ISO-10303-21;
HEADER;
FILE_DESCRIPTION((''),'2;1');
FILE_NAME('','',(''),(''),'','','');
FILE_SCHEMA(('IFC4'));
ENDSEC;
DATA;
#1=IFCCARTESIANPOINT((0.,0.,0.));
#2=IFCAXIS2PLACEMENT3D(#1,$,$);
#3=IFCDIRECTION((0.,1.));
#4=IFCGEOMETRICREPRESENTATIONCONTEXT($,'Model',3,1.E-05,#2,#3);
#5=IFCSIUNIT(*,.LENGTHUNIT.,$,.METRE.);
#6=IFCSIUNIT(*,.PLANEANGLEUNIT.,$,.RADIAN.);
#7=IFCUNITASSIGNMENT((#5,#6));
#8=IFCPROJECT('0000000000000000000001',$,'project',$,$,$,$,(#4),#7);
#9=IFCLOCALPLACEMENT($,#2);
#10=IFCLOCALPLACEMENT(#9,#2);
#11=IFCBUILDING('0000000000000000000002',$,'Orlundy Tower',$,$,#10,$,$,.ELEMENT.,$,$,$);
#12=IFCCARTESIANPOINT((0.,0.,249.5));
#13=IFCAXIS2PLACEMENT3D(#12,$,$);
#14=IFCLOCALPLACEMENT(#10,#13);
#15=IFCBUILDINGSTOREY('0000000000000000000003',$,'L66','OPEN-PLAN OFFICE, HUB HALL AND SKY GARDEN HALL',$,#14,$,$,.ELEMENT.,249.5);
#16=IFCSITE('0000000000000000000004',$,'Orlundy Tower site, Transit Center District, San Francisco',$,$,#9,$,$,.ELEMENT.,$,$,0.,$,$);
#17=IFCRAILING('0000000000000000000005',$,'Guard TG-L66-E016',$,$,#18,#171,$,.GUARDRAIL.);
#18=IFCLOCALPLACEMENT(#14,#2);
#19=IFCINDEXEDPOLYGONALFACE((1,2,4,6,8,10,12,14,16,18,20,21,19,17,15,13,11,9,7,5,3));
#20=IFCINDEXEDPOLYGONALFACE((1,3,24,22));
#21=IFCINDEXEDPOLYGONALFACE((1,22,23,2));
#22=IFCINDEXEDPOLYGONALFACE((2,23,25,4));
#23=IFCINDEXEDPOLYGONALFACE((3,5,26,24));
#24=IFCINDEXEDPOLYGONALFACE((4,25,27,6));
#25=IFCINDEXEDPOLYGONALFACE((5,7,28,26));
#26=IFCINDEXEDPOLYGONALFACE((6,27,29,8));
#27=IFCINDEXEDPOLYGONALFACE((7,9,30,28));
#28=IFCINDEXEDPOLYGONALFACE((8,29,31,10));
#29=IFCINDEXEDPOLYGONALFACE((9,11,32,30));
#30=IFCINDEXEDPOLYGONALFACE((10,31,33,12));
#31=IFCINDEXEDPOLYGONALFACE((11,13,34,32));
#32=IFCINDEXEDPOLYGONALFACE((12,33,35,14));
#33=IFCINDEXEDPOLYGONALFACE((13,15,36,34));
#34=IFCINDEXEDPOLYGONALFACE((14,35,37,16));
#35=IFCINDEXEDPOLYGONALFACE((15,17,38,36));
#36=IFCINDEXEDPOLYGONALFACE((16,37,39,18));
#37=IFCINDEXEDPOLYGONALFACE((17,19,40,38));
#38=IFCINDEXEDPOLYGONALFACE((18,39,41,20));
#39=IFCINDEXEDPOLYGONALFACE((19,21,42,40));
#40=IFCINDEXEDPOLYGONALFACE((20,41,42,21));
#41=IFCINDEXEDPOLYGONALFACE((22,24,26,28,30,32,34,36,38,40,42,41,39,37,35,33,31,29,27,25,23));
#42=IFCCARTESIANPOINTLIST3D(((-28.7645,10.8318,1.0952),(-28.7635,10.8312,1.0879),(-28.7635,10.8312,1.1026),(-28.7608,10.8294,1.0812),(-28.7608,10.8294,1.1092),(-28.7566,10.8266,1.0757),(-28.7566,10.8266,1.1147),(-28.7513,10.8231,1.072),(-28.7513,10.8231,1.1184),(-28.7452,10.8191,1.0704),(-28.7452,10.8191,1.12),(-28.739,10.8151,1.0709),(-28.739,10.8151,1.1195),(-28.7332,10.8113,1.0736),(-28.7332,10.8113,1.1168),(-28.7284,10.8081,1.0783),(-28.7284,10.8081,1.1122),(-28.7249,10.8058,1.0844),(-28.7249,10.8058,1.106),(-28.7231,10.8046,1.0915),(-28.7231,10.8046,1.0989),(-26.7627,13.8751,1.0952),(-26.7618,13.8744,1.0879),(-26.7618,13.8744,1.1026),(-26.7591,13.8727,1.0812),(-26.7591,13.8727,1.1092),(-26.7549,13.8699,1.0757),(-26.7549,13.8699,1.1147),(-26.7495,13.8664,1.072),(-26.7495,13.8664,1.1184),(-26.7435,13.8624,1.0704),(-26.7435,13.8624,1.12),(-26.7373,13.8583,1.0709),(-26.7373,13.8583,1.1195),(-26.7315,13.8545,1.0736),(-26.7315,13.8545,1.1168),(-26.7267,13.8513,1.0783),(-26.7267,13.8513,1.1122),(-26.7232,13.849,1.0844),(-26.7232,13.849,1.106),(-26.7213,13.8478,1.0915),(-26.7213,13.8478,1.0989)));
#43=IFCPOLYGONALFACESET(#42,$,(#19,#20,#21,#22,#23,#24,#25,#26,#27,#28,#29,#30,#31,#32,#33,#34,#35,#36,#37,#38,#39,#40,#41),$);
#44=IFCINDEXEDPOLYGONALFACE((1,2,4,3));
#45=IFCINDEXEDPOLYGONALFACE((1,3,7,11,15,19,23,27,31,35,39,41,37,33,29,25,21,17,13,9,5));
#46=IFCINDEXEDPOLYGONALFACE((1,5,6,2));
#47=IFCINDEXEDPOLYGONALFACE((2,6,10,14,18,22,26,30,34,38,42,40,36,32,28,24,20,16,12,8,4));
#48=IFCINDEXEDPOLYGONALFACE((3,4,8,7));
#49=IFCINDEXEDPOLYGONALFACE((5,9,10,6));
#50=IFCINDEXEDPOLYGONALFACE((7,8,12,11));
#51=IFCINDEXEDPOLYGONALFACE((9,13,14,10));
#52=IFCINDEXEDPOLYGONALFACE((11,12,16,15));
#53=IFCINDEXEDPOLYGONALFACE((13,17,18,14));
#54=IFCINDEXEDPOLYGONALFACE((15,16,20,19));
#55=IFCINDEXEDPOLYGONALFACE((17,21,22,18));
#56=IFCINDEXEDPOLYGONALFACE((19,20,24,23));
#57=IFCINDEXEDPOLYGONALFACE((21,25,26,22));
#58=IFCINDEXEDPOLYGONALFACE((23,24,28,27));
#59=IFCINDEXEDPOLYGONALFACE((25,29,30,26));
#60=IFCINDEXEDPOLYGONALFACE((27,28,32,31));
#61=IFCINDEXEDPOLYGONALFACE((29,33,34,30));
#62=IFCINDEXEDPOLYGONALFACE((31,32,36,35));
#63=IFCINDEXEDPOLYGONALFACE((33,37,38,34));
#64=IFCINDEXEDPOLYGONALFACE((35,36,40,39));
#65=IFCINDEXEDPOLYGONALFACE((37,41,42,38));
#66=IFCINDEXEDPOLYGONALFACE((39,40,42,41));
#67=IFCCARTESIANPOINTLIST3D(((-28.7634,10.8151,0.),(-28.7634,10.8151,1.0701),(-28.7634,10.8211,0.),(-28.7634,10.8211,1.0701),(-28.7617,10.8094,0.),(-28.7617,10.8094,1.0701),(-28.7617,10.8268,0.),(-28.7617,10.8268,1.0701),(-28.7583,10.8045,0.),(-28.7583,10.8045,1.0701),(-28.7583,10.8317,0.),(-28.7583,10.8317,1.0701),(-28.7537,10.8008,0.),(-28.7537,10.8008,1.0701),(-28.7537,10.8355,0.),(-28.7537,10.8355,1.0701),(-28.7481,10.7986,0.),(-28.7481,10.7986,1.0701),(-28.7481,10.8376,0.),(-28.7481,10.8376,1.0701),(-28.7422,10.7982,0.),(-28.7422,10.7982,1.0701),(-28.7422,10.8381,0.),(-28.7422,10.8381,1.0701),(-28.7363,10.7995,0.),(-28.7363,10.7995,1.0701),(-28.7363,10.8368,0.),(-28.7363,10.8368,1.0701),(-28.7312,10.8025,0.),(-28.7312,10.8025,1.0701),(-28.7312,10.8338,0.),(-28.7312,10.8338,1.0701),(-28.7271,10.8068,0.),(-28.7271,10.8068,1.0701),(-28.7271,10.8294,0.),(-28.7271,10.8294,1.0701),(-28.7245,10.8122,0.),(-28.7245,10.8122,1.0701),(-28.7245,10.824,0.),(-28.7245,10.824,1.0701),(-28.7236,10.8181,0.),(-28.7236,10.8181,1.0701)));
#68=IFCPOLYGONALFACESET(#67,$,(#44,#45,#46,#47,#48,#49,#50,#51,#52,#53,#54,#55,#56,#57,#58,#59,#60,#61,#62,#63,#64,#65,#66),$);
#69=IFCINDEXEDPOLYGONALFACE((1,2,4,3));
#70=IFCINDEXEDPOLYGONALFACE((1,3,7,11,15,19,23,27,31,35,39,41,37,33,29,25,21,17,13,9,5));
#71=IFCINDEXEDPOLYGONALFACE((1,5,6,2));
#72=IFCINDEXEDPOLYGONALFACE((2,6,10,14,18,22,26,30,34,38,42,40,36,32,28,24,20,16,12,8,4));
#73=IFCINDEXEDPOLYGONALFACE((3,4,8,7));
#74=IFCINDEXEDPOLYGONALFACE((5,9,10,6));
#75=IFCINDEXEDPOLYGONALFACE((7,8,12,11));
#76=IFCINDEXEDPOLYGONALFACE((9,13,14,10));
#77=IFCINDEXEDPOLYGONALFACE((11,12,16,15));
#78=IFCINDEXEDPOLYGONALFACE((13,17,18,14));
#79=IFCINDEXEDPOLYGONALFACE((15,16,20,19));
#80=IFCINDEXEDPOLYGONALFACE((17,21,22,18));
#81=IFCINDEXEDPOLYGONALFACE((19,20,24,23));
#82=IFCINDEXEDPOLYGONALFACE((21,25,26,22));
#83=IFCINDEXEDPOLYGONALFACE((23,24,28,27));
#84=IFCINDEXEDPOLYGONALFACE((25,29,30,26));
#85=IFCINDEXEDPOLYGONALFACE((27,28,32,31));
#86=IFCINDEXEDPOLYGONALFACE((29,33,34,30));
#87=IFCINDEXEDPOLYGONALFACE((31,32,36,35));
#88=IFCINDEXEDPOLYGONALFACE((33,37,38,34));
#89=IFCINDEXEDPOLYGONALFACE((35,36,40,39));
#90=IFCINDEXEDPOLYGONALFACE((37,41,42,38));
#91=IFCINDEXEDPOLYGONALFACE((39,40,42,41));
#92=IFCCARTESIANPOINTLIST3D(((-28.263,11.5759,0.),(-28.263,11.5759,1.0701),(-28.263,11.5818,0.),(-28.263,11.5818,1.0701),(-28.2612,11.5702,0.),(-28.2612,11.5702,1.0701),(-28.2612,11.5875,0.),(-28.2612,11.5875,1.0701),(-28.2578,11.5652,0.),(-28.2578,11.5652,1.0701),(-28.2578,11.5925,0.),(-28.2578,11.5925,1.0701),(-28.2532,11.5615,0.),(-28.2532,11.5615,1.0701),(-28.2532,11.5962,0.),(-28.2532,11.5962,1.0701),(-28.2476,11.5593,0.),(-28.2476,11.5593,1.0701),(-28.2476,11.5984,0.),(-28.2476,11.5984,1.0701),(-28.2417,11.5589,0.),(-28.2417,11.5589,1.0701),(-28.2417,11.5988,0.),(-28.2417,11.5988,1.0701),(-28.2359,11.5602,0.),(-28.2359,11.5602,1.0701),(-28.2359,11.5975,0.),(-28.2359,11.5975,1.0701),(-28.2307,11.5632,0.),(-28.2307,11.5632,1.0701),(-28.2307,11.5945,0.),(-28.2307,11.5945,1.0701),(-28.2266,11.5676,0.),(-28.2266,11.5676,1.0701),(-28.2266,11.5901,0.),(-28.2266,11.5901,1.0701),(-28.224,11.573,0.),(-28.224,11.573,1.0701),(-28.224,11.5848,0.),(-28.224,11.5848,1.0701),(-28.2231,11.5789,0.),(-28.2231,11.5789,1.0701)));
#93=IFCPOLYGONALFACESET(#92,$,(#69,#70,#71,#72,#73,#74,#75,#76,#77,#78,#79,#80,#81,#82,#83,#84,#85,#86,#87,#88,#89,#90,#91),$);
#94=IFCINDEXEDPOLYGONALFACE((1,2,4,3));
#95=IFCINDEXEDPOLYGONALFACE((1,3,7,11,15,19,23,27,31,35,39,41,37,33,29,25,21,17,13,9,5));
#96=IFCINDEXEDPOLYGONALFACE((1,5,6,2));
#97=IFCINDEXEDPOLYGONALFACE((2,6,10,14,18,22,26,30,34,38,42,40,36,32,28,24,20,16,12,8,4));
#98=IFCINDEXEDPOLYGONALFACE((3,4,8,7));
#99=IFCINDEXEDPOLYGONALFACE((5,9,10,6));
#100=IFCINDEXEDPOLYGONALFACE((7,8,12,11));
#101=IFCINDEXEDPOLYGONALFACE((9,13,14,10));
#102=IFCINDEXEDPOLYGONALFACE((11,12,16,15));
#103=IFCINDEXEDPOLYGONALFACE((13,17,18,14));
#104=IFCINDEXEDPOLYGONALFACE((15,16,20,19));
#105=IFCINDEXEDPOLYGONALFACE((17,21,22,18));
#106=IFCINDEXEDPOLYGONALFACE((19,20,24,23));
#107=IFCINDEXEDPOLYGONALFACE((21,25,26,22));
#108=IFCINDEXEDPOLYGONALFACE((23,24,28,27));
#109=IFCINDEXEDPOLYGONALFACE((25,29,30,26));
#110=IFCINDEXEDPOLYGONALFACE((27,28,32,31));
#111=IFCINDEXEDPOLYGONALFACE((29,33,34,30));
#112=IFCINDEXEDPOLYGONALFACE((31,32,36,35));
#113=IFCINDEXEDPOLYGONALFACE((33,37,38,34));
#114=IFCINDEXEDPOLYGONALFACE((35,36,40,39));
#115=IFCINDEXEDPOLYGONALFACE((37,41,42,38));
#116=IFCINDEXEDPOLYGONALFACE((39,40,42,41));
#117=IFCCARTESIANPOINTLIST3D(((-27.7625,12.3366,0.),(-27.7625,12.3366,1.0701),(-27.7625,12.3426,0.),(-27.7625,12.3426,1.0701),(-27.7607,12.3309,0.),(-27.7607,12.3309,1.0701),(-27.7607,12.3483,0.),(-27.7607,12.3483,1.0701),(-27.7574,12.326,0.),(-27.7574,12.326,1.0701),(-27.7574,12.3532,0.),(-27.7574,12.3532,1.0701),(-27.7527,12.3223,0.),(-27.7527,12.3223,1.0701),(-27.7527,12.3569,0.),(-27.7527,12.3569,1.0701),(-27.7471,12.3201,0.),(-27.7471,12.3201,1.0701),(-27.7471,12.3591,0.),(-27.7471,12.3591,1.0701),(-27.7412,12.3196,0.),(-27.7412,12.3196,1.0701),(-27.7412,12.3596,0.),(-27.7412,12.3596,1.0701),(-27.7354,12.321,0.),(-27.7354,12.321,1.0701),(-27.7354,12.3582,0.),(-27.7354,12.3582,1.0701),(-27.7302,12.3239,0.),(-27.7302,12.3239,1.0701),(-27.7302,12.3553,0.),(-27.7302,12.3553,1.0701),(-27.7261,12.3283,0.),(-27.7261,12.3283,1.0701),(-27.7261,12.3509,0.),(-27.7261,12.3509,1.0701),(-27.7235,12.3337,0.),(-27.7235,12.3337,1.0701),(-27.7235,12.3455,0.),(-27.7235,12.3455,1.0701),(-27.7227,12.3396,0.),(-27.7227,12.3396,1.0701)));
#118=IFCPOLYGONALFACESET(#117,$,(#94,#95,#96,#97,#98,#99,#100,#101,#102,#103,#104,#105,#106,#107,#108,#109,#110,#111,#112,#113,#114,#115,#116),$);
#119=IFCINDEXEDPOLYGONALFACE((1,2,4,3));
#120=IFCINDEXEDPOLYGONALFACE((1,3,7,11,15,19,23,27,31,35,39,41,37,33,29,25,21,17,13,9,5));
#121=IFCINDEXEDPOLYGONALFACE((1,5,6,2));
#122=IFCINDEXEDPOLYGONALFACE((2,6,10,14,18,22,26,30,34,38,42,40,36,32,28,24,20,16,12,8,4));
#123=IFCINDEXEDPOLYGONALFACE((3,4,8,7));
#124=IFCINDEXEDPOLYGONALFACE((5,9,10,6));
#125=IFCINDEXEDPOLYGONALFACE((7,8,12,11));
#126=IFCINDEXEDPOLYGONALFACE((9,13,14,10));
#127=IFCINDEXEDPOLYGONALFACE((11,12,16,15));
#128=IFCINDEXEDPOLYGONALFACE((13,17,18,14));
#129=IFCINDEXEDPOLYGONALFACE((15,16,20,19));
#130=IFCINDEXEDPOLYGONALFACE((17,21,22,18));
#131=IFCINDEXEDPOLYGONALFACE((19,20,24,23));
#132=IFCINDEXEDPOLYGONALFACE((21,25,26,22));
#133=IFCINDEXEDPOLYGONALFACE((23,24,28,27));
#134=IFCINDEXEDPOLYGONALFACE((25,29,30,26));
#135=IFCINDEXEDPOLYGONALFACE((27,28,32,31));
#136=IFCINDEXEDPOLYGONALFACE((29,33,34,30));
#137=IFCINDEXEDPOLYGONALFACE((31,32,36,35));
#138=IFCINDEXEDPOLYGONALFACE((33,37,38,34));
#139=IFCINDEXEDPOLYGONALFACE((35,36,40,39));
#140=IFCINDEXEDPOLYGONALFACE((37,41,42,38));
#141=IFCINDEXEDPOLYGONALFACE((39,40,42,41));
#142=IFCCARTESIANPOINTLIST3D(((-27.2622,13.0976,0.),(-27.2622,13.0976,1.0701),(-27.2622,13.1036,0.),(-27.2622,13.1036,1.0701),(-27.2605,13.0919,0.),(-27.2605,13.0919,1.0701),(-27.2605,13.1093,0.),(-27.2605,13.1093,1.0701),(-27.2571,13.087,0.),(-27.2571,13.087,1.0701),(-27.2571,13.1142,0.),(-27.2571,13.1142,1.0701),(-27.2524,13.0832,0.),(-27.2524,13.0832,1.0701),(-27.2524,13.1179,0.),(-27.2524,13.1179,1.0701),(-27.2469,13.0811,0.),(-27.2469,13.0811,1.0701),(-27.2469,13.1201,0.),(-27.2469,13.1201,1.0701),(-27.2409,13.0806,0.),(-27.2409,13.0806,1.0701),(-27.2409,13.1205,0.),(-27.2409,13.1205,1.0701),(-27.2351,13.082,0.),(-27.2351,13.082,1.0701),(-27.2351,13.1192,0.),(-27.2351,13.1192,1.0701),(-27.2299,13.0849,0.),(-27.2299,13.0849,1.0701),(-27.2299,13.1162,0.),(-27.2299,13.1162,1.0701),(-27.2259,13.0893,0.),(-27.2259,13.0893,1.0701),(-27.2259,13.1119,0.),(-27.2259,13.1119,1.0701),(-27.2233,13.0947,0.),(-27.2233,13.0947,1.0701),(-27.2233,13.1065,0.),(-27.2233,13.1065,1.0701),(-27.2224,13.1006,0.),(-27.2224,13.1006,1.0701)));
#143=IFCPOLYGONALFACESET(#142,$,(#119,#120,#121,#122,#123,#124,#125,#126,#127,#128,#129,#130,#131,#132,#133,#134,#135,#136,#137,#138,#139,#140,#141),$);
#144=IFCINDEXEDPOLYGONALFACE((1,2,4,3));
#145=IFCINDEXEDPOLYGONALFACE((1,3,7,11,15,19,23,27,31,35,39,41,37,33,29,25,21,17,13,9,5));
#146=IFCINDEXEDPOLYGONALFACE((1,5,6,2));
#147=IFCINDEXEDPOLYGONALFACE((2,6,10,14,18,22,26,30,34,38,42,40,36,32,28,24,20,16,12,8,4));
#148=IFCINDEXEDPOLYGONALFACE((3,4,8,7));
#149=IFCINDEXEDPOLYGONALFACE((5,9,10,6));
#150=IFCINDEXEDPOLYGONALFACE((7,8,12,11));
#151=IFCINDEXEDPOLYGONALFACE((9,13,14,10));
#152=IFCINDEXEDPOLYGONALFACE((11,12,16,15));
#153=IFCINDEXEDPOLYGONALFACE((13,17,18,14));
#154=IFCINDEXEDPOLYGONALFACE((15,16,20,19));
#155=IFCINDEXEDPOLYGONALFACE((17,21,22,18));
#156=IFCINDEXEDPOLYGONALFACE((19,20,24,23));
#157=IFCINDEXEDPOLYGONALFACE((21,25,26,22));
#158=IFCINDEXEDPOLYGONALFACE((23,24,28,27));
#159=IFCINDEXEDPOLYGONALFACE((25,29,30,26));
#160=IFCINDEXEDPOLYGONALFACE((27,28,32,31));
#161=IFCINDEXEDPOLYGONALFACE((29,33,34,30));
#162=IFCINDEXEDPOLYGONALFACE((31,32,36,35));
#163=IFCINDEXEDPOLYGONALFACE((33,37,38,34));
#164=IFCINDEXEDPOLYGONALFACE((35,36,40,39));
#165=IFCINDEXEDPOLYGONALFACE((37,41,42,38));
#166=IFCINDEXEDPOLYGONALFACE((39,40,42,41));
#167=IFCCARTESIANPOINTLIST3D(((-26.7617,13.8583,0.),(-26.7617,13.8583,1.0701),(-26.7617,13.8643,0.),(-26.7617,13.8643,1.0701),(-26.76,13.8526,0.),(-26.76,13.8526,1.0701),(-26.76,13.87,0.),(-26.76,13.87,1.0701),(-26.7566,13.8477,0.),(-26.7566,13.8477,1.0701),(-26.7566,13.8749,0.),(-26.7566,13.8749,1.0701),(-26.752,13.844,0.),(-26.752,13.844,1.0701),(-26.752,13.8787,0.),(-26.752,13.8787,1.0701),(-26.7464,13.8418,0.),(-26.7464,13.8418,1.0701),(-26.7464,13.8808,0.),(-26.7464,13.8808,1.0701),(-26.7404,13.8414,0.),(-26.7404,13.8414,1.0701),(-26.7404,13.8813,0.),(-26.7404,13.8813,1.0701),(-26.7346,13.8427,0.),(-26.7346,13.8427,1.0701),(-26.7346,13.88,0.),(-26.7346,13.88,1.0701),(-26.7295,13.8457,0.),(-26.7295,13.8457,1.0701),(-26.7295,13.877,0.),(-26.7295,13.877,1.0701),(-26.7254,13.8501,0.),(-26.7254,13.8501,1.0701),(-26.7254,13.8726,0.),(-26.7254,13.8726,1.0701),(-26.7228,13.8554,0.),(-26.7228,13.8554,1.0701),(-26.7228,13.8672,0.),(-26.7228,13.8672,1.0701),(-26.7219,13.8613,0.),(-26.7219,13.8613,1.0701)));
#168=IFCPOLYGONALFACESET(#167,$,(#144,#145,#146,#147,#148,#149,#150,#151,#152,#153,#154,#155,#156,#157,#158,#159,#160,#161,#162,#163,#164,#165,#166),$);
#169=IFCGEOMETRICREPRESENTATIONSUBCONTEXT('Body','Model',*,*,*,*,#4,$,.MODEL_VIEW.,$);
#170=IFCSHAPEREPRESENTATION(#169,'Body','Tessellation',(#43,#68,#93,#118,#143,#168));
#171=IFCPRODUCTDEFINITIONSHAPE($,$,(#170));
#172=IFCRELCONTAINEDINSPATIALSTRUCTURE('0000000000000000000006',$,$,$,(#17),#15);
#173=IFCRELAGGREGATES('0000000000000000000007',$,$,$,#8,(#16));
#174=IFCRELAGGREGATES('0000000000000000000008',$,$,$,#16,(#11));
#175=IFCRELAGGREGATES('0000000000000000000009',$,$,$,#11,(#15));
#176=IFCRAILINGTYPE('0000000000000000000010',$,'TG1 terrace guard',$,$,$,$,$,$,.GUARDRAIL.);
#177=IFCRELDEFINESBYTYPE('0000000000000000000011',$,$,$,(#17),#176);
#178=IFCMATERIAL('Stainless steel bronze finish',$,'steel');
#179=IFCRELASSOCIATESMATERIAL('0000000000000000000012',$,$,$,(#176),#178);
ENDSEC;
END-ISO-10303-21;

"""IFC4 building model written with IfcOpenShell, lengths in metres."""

from ifc_helpers import new_model, si_unit, direction, frame, origin, origin_2d, place, context, subcontext, project, spatial, circle, extrude, material, type_object, element, save


model = new_model("IFC4")

# Units and contexts
model_context = context("Model", 3, precision=1e-05, world=origin(), true_north=direction((0.0, 1.0)))
body_context = subcontext(model_context, "Body", "Model", "MODEL_VIEW")
ifc_project = project(units=[si_unit("LENGTHUNIT", "METRE"), si_unit("PLANEANGLEUNIT", "RADIAN")], contexts=[model_context])

# Site, building, storey
site_placement = place(None, origin())
site = spatial("IfcSite", under=ifc_project, at=site_placement, Name="Orlundy Tower site, Transit Center District, San Francisco", CompositionType="ELEMENT", RefElevation=0.0)
building_placement = place(site_placement, origin())
building = spatial("IfcBuilding", under=site, at=building_placement, Name="Orlundy Tower", CompositionType="ELEMENT")
storey_placement = place(building_placement, frame((0.0, 0.0, 249.5)))
storey = spatial("IfcBuildingStorey", under=building, at=storey_placement, Name="L66", Description="OPEN-PLAN OFFICE, HUB HALL AND SKY GARDEN HALL", CompositionType="ELEMENT", Elevation=249.5)

# Railing
ifc_material_1 = material(Name="Stainless steel bronze finish", Category="steel")
railing_type_1 = type_object("IfcRailingType", Name="TG1 terrace guard", PredefinedType="GUARDRAIL", material=ifc_material_1)
railing_1_placement = place(storey_placement, frame((-28.7437, 10.8181, 0.0)))
element("IfcRailing", 1, at=railing_1_placement, inside=storey, type_object=railing_type_1, Name="Guard TG-L66-E016", PredefinedType="GUARDRAIL", context=body_context, shape_type="SweptSolid", body=[
    extrude(circle(Radius=0.0249, at=origin_2d()), frame((0.0, 0.0, 1.0952), z_axis=(0.549539, 0.835468, 0.0), x_axis=(-0.835468, 0.549539, 0.0)), (0.0, 0.0, 1.0), 3.6426),
    extrude(circle(Radius=0.02, at=origin_2d()), origin(), (0.0, 0.0, 1.0), 1.0701),
    extrude(circle(Radius=0.02, at=origin_2d()), frame((0.5005, 0.7607, 0.0)), (0.0, 0.0, 1.0), 1.0701),
    extrude(circle(Radius=0.02, at=origin_2d()), frame((1.001, 1.5215, 0.0)), (0.0, 0.0, 1.0), 1.0701),
    extrude(circle(Radius=0.02, at=origin_2d()), frame((1.5012, 2.2825, 0.0)), (0.0, 0.0, 1.0), 1.0701),
    extrude(circle(Radius=0.02, at=origin_2d()), frame((2.0017, 3.0432, 0.0)), (0.0, 0.0, 1.0), 1.0701),
])

save(model, "model.ifc")
